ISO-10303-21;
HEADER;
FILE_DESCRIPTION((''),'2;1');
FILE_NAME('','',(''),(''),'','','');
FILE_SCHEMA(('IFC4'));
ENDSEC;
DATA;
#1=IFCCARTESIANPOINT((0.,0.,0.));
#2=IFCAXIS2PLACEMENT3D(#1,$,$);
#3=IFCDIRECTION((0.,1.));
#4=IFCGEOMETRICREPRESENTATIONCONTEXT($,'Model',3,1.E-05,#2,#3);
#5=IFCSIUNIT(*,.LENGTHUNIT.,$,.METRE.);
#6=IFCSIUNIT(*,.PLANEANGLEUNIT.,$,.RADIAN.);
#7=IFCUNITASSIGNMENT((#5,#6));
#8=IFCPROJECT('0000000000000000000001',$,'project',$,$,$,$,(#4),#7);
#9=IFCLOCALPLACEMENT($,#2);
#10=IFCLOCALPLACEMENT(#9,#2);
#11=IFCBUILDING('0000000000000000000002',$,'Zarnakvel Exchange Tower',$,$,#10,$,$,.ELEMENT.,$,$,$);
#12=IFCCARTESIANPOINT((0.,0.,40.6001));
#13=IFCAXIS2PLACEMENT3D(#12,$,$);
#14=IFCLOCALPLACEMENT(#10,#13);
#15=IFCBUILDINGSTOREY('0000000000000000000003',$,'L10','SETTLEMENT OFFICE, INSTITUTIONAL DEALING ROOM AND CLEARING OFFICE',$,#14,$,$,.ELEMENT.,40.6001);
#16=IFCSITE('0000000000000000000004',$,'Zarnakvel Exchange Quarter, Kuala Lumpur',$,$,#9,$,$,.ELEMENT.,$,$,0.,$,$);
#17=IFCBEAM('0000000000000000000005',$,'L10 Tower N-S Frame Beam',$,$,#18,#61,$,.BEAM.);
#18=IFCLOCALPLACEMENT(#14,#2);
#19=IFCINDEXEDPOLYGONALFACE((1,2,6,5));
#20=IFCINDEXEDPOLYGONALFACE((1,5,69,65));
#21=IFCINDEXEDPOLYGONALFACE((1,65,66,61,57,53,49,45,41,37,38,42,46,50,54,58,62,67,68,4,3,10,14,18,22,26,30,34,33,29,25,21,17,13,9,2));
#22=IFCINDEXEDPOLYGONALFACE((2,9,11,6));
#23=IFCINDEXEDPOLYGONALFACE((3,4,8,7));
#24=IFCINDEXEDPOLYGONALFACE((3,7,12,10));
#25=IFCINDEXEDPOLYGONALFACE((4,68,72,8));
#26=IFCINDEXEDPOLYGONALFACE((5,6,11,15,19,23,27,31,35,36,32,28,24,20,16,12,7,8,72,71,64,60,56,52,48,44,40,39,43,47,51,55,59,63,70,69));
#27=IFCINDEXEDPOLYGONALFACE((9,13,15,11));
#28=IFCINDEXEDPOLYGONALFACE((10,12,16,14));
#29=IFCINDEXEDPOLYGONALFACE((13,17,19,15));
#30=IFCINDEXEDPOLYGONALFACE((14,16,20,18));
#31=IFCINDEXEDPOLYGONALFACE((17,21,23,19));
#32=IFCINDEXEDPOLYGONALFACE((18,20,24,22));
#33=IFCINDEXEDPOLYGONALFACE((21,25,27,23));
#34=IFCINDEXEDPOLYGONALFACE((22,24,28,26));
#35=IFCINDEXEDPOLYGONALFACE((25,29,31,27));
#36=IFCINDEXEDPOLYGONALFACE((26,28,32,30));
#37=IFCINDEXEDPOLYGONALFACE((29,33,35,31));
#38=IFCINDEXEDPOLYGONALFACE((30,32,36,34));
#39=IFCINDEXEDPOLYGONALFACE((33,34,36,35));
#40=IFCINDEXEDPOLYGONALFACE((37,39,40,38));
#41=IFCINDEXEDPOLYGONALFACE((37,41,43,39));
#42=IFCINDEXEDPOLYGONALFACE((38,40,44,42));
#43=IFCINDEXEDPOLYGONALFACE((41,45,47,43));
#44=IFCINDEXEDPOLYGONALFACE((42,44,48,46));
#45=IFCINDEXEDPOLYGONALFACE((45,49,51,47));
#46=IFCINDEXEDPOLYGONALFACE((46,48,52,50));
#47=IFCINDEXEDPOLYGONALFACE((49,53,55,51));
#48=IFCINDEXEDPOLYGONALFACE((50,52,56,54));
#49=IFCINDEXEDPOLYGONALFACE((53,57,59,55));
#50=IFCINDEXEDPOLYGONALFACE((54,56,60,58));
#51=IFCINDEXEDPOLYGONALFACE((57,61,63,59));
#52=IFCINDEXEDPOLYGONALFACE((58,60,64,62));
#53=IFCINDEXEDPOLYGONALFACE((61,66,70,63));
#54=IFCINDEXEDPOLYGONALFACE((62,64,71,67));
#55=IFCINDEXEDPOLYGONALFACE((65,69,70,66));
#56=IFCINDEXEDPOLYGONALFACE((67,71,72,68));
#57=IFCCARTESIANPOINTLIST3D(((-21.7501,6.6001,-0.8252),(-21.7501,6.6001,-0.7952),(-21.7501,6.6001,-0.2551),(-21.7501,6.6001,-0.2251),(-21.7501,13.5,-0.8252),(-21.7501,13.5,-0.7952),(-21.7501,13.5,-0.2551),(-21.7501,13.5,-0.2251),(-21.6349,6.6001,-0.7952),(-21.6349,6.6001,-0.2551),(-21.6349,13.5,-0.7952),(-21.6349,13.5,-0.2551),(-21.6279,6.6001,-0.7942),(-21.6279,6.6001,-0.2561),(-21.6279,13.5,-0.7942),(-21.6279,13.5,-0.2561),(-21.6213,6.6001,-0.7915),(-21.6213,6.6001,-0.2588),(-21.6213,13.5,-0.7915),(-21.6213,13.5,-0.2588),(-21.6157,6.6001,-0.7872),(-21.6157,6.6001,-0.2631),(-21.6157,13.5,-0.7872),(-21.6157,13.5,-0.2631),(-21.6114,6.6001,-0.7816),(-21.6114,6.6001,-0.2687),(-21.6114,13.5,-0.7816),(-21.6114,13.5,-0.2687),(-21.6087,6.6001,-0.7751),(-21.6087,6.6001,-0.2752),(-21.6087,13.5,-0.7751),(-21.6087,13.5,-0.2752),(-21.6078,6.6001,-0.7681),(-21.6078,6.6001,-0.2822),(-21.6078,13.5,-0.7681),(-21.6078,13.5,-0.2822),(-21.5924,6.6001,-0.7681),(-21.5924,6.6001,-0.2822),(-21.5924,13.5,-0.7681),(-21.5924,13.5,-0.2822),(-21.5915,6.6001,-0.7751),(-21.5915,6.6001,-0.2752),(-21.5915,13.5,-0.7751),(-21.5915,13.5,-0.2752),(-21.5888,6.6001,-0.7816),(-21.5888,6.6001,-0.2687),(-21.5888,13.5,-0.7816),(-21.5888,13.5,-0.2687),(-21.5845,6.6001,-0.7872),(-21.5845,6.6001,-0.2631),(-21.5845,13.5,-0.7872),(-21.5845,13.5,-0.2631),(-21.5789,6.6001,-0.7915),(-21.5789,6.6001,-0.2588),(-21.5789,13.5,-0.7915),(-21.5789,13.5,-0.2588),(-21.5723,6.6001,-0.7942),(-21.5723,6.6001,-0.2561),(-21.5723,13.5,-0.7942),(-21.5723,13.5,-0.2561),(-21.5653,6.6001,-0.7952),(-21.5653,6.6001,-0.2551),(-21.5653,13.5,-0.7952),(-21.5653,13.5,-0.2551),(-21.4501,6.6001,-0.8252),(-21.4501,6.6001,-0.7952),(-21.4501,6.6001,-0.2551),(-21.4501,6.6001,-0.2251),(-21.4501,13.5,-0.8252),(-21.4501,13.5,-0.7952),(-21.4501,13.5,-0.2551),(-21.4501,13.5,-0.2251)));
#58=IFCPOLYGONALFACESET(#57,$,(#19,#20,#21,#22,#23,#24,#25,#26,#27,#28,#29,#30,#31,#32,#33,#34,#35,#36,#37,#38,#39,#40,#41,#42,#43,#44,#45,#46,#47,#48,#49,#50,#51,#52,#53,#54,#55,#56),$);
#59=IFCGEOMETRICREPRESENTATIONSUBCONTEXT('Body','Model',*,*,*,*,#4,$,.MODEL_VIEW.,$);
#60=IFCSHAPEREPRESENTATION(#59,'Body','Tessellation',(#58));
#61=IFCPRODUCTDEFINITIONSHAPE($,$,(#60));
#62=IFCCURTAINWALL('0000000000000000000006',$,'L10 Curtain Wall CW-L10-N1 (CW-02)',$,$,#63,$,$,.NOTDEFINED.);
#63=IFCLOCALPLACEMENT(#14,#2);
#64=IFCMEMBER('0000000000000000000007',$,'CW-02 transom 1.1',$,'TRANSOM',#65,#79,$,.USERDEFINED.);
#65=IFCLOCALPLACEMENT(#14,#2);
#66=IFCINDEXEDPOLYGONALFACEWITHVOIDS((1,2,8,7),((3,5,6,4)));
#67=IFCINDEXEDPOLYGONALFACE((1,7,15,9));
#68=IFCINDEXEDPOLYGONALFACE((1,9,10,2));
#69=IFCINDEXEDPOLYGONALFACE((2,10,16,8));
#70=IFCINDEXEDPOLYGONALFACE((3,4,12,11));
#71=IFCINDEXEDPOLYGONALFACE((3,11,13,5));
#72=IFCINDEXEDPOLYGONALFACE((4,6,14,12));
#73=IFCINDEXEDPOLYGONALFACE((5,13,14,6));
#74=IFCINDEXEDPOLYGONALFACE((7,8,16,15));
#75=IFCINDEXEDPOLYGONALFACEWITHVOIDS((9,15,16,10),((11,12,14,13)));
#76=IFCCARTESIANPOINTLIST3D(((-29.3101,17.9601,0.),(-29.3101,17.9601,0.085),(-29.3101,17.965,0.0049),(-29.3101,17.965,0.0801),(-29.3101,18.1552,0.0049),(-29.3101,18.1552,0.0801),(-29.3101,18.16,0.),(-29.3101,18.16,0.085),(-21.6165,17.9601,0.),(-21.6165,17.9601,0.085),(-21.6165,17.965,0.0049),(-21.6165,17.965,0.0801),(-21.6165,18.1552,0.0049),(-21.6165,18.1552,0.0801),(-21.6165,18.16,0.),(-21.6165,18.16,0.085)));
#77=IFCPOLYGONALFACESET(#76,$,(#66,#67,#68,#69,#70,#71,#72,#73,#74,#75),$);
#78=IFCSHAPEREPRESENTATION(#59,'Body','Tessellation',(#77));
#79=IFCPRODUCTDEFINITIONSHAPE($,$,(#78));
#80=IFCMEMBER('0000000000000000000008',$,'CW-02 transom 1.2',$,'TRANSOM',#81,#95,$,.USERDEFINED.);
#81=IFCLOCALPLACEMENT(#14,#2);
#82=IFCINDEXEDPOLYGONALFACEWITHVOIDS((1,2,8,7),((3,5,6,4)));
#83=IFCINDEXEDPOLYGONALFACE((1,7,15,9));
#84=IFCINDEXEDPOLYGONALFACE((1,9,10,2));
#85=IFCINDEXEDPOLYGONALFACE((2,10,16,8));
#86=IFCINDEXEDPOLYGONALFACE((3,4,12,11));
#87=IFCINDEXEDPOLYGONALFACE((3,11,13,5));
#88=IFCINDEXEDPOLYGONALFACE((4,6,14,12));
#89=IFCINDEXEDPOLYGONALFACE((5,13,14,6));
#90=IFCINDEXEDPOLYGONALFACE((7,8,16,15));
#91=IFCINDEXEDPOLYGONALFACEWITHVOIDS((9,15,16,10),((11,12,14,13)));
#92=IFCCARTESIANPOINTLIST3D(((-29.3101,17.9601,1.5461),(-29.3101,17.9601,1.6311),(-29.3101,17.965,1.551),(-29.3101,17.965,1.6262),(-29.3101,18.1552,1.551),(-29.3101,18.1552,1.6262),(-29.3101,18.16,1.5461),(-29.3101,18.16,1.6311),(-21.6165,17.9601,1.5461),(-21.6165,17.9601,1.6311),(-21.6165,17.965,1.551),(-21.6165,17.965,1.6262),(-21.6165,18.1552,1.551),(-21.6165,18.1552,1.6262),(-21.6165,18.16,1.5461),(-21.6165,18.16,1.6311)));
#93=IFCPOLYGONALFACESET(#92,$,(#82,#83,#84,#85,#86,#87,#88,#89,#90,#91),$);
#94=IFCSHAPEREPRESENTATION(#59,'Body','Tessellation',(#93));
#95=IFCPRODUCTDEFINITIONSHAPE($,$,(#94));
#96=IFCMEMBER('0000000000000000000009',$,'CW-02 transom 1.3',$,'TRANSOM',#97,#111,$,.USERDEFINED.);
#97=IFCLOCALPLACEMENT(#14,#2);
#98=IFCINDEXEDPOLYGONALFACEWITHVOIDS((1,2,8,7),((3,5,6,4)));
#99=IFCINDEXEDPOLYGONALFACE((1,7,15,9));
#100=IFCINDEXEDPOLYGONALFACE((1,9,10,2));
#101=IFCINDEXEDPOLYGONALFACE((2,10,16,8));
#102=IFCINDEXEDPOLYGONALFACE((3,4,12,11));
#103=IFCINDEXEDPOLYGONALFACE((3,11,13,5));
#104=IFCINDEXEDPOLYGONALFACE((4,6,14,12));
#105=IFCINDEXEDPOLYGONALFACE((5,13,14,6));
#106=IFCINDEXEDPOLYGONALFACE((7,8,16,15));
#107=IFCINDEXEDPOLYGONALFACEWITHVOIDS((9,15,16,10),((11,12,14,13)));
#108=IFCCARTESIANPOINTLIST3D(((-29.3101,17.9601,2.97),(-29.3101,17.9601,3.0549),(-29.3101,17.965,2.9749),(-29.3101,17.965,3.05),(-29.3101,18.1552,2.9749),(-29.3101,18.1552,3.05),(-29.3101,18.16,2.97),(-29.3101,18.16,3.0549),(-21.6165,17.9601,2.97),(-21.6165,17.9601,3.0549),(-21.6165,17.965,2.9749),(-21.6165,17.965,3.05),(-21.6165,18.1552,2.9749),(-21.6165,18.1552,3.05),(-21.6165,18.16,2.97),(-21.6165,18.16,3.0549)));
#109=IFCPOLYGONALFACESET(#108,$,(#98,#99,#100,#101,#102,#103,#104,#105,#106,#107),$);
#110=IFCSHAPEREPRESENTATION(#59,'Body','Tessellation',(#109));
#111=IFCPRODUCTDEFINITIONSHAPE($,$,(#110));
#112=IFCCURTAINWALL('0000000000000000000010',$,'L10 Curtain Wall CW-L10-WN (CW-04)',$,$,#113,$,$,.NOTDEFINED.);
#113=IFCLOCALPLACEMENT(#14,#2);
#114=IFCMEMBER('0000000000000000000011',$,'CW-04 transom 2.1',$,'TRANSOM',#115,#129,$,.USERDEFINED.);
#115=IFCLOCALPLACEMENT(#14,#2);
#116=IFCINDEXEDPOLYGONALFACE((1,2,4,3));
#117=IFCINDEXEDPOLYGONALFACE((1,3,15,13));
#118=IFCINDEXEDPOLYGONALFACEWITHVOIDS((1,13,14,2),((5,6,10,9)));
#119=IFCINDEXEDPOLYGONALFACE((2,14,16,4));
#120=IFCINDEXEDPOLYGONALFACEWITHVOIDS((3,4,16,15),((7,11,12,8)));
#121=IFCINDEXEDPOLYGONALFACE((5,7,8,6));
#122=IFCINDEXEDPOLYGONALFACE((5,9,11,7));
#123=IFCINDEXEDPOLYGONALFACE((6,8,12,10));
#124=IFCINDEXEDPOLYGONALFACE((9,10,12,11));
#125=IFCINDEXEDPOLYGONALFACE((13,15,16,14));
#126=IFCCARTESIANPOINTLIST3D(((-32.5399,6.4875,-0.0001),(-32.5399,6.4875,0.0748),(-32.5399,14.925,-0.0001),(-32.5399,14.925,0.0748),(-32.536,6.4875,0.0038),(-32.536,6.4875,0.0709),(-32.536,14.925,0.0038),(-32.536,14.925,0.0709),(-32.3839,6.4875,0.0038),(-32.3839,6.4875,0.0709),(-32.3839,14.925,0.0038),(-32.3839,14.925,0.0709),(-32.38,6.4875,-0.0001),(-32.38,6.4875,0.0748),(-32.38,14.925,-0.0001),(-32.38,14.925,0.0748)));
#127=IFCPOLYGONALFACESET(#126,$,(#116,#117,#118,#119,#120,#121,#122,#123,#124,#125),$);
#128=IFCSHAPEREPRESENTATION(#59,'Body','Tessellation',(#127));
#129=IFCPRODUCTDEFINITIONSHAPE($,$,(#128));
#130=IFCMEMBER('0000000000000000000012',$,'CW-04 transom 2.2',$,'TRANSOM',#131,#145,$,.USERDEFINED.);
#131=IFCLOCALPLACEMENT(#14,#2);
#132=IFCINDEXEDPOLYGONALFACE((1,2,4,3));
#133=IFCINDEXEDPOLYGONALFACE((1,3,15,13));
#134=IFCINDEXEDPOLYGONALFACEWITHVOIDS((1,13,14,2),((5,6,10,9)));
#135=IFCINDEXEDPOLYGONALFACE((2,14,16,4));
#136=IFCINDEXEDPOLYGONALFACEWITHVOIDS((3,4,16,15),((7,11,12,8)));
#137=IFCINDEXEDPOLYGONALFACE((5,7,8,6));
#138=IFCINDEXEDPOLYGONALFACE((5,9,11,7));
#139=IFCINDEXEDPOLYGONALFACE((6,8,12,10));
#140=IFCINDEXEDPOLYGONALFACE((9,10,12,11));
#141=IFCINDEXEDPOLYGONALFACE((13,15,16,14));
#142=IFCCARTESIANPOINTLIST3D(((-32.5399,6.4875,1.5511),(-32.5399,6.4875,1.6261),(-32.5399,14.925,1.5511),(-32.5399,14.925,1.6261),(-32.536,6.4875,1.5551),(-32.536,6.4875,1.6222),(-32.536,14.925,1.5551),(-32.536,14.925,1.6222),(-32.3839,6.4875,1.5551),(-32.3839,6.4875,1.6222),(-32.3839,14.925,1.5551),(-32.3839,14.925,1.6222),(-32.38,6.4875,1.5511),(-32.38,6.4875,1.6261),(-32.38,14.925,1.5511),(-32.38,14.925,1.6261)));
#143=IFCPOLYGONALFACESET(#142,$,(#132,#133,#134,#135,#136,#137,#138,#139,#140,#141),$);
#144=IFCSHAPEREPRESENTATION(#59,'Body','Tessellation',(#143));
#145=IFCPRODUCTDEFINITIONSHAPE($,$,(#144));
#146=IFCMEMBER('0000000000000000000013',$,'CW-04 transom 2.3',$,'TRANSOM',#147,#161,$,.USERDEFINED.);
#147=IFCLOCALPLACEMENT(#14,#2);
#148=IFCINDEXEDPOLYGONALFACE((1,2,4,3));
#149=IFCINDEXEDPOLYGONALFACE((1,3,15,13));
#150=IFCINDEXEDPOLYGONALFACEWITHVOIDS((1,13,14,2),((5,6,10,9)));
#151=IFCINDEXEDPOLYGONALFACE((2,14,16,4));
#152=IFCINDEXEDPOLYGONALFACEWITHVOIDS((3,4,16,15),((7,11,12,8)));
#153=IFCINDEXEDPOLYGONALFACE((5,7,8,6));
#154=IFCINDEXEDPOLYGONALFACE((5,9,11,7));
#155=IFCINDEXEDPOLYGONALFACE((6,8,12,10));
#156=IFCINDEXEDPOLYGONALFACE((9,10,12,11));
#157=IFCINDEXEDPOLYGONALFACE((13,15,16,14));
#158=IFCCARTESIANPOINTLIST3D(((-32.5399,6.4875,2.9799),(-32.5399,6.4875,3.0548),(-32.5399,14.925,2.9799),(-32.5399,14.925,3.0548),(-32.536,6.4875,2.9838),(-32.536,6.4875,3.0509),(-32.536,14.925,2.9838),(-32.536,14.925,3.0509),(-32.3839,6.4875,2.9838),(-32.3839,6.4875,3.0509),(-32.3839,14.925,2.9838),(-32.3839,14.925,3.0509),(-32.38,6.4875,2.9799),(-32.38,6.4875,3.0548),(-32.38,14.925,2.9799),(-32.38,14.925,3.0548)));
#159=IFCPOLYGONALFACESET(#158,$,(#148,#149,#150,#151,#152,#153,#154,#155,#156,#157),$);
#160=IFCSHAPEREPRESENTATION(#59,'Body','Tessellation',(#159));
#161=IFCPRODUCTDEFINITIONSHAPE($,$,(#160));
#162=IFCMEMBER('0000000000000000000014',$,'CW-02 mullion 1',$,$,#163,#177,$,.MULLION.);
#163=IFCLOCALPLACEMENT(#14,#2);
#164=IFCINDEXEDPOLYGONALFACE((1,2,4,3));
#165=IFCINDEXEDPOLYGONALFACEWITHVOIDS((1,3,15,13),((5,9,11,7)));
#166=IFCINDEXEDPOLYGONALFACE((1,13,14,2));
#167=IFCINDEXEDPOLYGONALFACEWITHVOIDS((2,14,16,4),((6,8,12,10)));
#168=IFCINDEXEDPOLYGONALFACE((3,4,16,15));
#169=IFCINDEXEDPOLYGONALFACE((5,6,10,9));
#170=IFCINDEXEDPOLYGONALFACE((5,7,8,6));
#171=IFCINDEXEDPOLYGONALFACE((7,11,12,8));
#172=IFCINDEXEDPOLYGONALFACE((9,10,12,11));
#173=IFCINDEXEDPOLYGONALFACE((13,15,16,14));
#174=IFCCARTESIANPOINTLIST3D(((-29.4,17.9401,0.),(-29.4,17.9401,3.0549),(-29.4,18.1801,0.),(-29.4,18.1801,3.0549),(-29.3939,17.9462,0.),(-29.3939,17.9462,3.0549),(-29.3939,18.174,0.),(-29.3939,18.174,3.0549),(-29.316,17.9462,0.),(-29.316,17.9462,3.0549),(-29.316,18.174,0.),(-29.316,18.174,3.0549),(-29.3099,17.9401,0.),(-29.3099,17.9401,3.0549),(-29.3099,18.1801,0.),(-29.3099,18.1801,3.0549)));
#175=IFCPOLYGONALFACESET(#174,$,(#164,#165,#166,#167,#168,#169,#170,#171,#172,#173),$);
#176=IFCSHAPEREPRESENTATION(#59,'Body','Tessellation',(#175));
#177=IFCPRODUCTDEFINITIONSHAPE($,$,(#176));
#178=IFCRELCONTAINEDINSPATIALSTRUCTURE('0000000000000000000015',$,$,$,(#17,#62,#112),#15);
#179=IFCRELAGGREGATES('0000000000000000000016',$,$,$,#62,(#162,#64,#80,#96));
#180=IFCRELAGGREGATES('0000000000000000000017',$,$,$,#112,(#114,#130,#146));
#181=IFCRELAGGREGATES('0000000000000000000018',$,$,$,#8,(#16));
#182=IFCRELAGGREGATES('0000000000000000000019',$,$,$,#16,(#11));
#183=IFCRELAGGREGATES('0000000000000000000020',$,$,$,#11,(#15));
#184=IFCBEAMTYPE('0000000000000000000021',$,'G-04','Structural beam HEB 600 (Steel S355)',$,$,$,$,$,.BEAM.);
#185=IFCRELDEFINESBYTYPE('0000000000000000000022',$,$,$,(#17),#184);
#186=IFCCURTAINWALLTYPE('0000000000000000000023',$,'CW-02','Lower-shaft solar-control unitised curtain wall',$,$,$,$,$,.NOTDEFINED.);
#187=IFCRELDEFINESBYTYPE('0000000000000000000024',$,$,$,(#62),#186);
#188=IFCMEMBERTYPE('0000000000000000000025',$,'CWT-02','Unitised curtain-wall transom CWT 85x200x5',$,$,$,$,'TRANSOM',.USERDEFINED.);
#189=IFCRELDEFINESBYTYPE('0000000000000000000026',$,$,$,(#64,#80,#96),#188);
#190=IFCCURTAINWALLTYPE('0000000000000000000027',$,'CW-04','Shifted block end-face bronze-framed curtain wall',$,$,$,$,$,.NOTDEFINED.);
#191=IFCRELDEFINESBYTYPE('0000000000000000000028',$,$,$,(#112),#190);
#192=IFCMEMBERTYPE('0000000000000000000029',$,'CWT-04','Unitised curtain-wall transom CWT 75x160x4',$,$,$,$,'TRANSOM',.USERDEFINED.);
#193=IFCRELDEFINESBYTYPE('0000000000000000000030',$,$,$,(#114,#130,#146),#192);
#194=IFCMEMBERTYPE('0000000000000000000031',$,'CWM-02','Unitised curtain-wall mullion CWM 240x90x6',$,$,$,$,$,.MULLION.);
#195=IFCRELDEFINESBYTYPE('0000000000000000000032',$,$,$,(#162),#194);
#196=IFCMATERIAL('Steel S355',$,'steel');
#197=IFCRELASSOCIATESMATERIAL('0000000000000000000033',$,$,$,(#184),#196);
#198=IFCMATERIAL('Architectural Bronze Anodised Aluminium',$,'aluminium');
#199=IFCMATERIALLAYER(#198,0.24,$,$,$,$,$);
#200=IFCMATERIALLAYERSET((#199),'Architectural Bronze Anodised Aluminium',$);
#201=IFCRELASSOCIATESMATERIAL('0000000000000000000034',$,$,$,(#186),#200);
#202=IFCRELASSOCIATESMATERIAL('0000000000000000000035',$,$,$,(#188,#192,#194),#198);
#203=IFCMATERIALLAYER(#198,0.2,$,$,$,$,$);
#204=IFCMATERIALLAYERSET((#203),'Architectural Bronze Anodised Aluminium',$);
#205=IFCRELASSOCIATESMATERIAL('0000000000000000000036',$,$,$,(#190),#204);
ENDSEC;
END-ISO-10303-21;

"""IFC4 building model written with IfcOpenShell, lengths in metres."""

from ifc_helpers import new_model, si_unit, direction, frame, origin, origin_2d, place, context, subcontext, project, spatial, hollow_rectangle, i_section, extrude, source, transform, mapped, material, layer, layer_set, material_profile, profile_set, type_object, element, aggregate, save


model = new_model("IFC4")

# Units and contexts
model_context = context("Model", 3, precision=1e-05, world=origin(), true_north=direction((0.0, 1.0)))
body_context = subcontext(model_context, "Body", "Model", "MODEL_VIEW")
ifc_project = project(units=[si_unit("LENGTHUNIT", "METRE"), si_unit("PLANEANGLEUNIT", "RADIAN")], contexts=[model_context])

# Site, building, storey
site_placement = place(None, origin())
site = spatial("IfcSite", under=ifc_project, at=site_placement, Name="Zarnakvel Exchange Quarter, Kuala Lumpur", CompositionType="ELEMENT", RefElevation=0.0)
building_placement = place(site_placement, origin())
building = spatial("IfcBuilding", under=site, at=building_placement, Name="Zarnakvel Exchange Tower", CompositionType="ELEMENT")
storey_placement = place(building_placement, frame((0.0, 0.0, 40.6001)))
storey = spatial("IfcBuildingStorey", under=building, at=storey_placement, Name="L10", Description="SETTLEMENT OFFICE, INSTITUTIONAL DEALING ROOM AND CLEARING OFFICE", CompositionType="ELEMENT", Elevation=40.6001)

# Shared definitions
ifc_material_1 = material(Name="Steel S355", Category="steel")

# Beam
ifc_material_profile_1 = material_profile(ifc_material_1, i_section(OverallWidth=0.3, OverallDepth=0.6001, WebThickness=0.0154, FlangeThickness=0.03, FilletRadius=0.0271, at=origin_2d()))
ifc_profile_set_1 = profile_set([ifc_material_profile_1], Name="Steel S355")
beam_type = type_object("IfcBeamType", Name="G-04", Description="Structural beam HEB 600 (Steel S355)", PredefinedType="BEAM", material=ifc_profile_set_1)
beam_1_placement = place(storey_placement, frame((-21.6001, 6.6001, -0.5251), z_axis=(0.0, 1.0, 0.0), x_axis=(-1.0, 0.0, 0.0)))
element("IfcBeam", 1, at=beam_1_placement, inside=storey, type_object=beam_type, Name="L10 Tower N-S Frame Beam", PredefinedType="BEAM", context=body_context, shape_type="SweptSolid", body=[
    extrude(i_section(OverallWidth=0.3, OverallDepth=0.6001, WebThickness=0.0154, FlangeThickness=0.03, FilletRadius=0.0271, at=origin_2d()), origin(), (0.0, 0.0, 1.0), 6.8999),
])

# Curtain walls, members
ifc_material_2 = material(Name="Architectural Bronze Anodised Aluminium", Category="aluminium")
ifc_layer_1 = layer(ifc_material_2, 0.24)
ifc_layer_set_1 = layer_set([ifc_layer_1], Name="Architectural Bronze Anodised Aluminium")
curtain_wall_type_1 = type_object("IfcCurtainWallType", Name="CW-02", Description="Lower-shaft solar-control unitised curtain wall", PredefinedType="NOTDEFINED", material=ifc_layer_set_1)
curtain_wall_1_placement = place(storey_placement, origin())
curtain_wall_1 = element("IfcCurtainWall", 2, at=curtain_wall_1_placement, inside=storey, type_object=curtain_wall_type_1, Name="L10 Curtain Wall CW-L10-N1 (CW-02)", PredefinedType="NOTDEFINED")
ifc_material_profile_2 = material_profile(ifc_material_2, hollow_rectangle(XDim=0.2, YDim=0.085, WallThickness=0.0049, at=origin_2d()))
ifc_profile_set_2 = profile_set([ifc_material_profile_2], Name="Architectural Bronze Anodised Aluminium")
member_type_1 = type_object("IfcMemberType", Name="CWT-02", Description="Unitised curtain-wall transom CWT 85x200x5", ElementType="TRANSOM", PredefinedType="USERDEFINED", material=ifc_profile_set_2)
shared_shape_1 = source(origin(), body_context, "Body", "SweptSolid", [
    extrude(hollow_rectangle(XDim=0.2, YDim=0.085, WallThickness=0.0049, at=origin_2d()), origin(), (0.0, 0.0, 1.0), 7.6936),
])
member_1_placement = place(storey_placement, frame((-29.3101, 18.0601, 0.0425), z_axis=(1.0, 0.0, 0.0), x_axis=(0.0, 1.0, 0.0)))
member_1 = element("IfcMember", 3, at=member_1_placement, type_object=member_type_1, Name="CW-02 transom 1.1", ObjectType="TRANSOM", PredefinedType="USERDEFINED", context=body_context, shape_type="MappedRepresentation", body=[
    mapped(shared_shape_1, transform((0.0, 0.0, 0.0), x_axis=(1.0, 0.0, 0.0), y_axis=(0.0, 1.0, 0.0), z_axis=(0.0, 0.0, 1.0), scale=1.0)),
])
member_2_placement = place(storey_placement, frame((-29.3101, 18.0601, 1.5886), z_axis=(1.0, 0.0, 0.0), x_axis=(0.0, 1.0, 0.0)))
member_2 = element("IfcMember", 4, at=member_2_placement, type_object=member_type_1, Name="CW-02 transom 1.2", ObjectType="TRANSOM", PredefinedType="USERDEFINED", context=body_context, shape_type="MappedRepresentation", body=[
    mapped(shared_shape_1, transform((0.0, 0.0, 0.0), x_axis=(1.0, 0.0, 0.0), y_axis=(0.0, 1.0, 0.0), z_axis=(0.0, 0.0, 1.0), scale=1.0)),
])
member_3_placement = place(storey_placement, frame((-29.3101, 18.0601, 3.0125), z_axis=(1.0, 0.0, 0.0), x_axis=(0.0, 1.0, 0.0)))
member_3 = element("IfcMember", 5, at=member_3_placement, type_object=member_type_1, Name="CW-02 transom 1.3", ObjectType="TRANSOM", PredefinedType="USERDEFINED", context=body_context, shape_type="MappedRepresentation", body=[
    mapped(shared_shape_1, transform((0.0, 0.0, 0.0), x_axis=(1.0, 0.0, 0.0), y_axis=(0.0, 1.0, 0.0), z_axis=(0.0, 0.0, 1.0), scale=1.0)),
])
ifc_layer_2 = layer(ifc_material_2, 0.2)
ifc_layer_set_2 = layer_set([ifc_layer_2], Name="Architectural Bronze Anodised Aluminium")
curtain_wall_type_2 = type_object("IfcCurtainWallType", Name="CW-04", Description="Shifted block end-face bronze-framed curtain wall", PredefinedType="NOTDEFINED", material=ifc_layer_set_2)
curtain_wall_2_placement = place(storey_placement, origin())
curtain_wall_2 = element("IfcCurtainWall", 6, at=curtain_wall_2_placement, inside=storey, type_object=curtain_wall_type_2, Name="L10 Curtain Wall CW-L10-WN (CW-04)", PredefinedType="NOTDEFINED")
ifc_material_profile_3 = material_profile(ifc_material_2, hollow_rectangle(XDim=0.1599, YDim=0.075, WallThickness=0.0039, at=origin_2d()))
ifc_profile_set_3 = profile_set([ifc_material_profile_3], Name="Architectural Bronze Anodised Aluminium")
member_type_2 = type_object("IfcMemberType", Name="CWT-04", Description="Unitised curtain-wall transom CWT 75x160x4", ElementType="TRANSOM", PredefinedType="USERDEFINED", material=ifc_profile_set_3)
shared_shape_2 = source(origin(), body_context, "Body", "SweptSolid", [
    extrude(hollow_rectangle(XDim=0.1599, YDim=0.075, WallThickness=0.0039, at=origin_2d()), origin(), (0.0, 0.0, 1.0), 8.4375),
])
member_4_placement = place(storey_placement, frame((-32.46, 6.4875, 0.0374), z_axis=(0.0, 1.0, 0.0), x_axis=(-1.0, 0.0, 0.0)))
member_4 = element("IfcMember", 7, at=member_4_placement, type_object=member_type_2, Name="CW-04 transom 2.1", ObjectType="TRANSOM", PredefinedType="USERDEFINED", context=body_context, shape_type="MappedRepresentation", body=[
    mapped(shared_shape_2, transform((0.0, 0.0, 0.0), x_axis=(1.0, 0.0, 0.0), y_axis=(0.0, 1.0, 0.0), z_axis=(0.0, 0.0, 1.0), scale=1.0)),
])
member_5_placement = place(storey_placement, frame((-32.46, 6.4875, 1.5886), z_axis=(0.0, 1.0, 0.0), x_axis=(-1.0, 0.0, 0.0)))
member_5 = element("IfcMember", 8, at=member_5_placement, type_object=member_type_2, Name="CW-04 transom 2.2", ObjectType="TRANSOM", PredefinedType="USERDEFINED", context=body_context, shape_type="MappedRepresentation", body=[
    mapped(shared_shape_2, transform((0.0, 0.0, 0.0), x_axis=(1.0, 0.0, 0.0), y_axis=(0.0, 1.0, 0.0), z_axis=(0.0, 0.0, 1.0), scale=1.0)),
])
member_6_placement = place(storey_placement, frame((-32.46, 6.4875, 3.0173), z_axis=(0.0, 1.0, 0.0), x_axis=(-1.0, 0.0, 0.0)))
member_6 = element("IfcMember", 9, at=member_6_placement, type_object=member_type_2, Name="CW-04 transom 2.3", ObjectType="TRANSOM", PredefinedType="USERDEFINED", context=body_context, shape_type="MappedRepresentation", body=[
    mapped(shared_shape_2, transform((0.0, 0.0, 0.0), x_axis=(1.0, 0.0, 0.0), y_axis=(0.0, 1.0, 0.0), z_axis=(0.0, 0.0, 1.0), scale=1.0)),
])

# Member
ifc_material_profile_4 = material_profile(ifc_material_2, hollow_rectangle(XDim=0.24, YDim=0.0901, WallThickness=0.0061, at=origin_2d()))
ifc_profile_set_4 = profile_set([ifc_material_profile_4], Name="Architectural Bronze Anodised Aluminium")
member_type_3 = type_object("IfcMemberType", Name="CWM-02", Description="Unitised curtain-wall mullion CWM 240x90x6", PredefinedType="MULLION", material=ifc_profile_set_4)
shared_shape_3 = source(origin(), body_context, "Body", "SweptSolid", [
    extrude(hollow_rectangle(XDim=0.24, YDim=0.0901, WallThickness=0.0061, at=origin_2d()), origin(), (0.0, 0.0, 1.0), 3.0549),
])
member_7_placement = place(storey_placement, frame((-29.355, 18.0601, 0.0), z_axis=(0.0, 0.0, 1.0), x_axis=(0.0, 1.0, 0.0)))
member_7 = element("IfcMember", 10, at=member_7_placement, type_object=member_type_3, Name="CW-02 mullion 1", PredefinedType="MULLION", context=body_context, shape_type="MappedRepresentation", body=[
    mapped(shared_shape_3, transform((0.0, 0.0, 0.0), x_axis=(1.0, 0.0, 0.0), y_axis=(0.0, 1.0, 0.0), z_axis=(0.0, 0.0, 1.0), scale=1.0)),
])

aggregate(curtain_wall_1, [member_7, member_1, member_2, member_3])
aggregate(curtain_wall_2, [member_4, member_5, member_6])

save(model, "model.ifc")
